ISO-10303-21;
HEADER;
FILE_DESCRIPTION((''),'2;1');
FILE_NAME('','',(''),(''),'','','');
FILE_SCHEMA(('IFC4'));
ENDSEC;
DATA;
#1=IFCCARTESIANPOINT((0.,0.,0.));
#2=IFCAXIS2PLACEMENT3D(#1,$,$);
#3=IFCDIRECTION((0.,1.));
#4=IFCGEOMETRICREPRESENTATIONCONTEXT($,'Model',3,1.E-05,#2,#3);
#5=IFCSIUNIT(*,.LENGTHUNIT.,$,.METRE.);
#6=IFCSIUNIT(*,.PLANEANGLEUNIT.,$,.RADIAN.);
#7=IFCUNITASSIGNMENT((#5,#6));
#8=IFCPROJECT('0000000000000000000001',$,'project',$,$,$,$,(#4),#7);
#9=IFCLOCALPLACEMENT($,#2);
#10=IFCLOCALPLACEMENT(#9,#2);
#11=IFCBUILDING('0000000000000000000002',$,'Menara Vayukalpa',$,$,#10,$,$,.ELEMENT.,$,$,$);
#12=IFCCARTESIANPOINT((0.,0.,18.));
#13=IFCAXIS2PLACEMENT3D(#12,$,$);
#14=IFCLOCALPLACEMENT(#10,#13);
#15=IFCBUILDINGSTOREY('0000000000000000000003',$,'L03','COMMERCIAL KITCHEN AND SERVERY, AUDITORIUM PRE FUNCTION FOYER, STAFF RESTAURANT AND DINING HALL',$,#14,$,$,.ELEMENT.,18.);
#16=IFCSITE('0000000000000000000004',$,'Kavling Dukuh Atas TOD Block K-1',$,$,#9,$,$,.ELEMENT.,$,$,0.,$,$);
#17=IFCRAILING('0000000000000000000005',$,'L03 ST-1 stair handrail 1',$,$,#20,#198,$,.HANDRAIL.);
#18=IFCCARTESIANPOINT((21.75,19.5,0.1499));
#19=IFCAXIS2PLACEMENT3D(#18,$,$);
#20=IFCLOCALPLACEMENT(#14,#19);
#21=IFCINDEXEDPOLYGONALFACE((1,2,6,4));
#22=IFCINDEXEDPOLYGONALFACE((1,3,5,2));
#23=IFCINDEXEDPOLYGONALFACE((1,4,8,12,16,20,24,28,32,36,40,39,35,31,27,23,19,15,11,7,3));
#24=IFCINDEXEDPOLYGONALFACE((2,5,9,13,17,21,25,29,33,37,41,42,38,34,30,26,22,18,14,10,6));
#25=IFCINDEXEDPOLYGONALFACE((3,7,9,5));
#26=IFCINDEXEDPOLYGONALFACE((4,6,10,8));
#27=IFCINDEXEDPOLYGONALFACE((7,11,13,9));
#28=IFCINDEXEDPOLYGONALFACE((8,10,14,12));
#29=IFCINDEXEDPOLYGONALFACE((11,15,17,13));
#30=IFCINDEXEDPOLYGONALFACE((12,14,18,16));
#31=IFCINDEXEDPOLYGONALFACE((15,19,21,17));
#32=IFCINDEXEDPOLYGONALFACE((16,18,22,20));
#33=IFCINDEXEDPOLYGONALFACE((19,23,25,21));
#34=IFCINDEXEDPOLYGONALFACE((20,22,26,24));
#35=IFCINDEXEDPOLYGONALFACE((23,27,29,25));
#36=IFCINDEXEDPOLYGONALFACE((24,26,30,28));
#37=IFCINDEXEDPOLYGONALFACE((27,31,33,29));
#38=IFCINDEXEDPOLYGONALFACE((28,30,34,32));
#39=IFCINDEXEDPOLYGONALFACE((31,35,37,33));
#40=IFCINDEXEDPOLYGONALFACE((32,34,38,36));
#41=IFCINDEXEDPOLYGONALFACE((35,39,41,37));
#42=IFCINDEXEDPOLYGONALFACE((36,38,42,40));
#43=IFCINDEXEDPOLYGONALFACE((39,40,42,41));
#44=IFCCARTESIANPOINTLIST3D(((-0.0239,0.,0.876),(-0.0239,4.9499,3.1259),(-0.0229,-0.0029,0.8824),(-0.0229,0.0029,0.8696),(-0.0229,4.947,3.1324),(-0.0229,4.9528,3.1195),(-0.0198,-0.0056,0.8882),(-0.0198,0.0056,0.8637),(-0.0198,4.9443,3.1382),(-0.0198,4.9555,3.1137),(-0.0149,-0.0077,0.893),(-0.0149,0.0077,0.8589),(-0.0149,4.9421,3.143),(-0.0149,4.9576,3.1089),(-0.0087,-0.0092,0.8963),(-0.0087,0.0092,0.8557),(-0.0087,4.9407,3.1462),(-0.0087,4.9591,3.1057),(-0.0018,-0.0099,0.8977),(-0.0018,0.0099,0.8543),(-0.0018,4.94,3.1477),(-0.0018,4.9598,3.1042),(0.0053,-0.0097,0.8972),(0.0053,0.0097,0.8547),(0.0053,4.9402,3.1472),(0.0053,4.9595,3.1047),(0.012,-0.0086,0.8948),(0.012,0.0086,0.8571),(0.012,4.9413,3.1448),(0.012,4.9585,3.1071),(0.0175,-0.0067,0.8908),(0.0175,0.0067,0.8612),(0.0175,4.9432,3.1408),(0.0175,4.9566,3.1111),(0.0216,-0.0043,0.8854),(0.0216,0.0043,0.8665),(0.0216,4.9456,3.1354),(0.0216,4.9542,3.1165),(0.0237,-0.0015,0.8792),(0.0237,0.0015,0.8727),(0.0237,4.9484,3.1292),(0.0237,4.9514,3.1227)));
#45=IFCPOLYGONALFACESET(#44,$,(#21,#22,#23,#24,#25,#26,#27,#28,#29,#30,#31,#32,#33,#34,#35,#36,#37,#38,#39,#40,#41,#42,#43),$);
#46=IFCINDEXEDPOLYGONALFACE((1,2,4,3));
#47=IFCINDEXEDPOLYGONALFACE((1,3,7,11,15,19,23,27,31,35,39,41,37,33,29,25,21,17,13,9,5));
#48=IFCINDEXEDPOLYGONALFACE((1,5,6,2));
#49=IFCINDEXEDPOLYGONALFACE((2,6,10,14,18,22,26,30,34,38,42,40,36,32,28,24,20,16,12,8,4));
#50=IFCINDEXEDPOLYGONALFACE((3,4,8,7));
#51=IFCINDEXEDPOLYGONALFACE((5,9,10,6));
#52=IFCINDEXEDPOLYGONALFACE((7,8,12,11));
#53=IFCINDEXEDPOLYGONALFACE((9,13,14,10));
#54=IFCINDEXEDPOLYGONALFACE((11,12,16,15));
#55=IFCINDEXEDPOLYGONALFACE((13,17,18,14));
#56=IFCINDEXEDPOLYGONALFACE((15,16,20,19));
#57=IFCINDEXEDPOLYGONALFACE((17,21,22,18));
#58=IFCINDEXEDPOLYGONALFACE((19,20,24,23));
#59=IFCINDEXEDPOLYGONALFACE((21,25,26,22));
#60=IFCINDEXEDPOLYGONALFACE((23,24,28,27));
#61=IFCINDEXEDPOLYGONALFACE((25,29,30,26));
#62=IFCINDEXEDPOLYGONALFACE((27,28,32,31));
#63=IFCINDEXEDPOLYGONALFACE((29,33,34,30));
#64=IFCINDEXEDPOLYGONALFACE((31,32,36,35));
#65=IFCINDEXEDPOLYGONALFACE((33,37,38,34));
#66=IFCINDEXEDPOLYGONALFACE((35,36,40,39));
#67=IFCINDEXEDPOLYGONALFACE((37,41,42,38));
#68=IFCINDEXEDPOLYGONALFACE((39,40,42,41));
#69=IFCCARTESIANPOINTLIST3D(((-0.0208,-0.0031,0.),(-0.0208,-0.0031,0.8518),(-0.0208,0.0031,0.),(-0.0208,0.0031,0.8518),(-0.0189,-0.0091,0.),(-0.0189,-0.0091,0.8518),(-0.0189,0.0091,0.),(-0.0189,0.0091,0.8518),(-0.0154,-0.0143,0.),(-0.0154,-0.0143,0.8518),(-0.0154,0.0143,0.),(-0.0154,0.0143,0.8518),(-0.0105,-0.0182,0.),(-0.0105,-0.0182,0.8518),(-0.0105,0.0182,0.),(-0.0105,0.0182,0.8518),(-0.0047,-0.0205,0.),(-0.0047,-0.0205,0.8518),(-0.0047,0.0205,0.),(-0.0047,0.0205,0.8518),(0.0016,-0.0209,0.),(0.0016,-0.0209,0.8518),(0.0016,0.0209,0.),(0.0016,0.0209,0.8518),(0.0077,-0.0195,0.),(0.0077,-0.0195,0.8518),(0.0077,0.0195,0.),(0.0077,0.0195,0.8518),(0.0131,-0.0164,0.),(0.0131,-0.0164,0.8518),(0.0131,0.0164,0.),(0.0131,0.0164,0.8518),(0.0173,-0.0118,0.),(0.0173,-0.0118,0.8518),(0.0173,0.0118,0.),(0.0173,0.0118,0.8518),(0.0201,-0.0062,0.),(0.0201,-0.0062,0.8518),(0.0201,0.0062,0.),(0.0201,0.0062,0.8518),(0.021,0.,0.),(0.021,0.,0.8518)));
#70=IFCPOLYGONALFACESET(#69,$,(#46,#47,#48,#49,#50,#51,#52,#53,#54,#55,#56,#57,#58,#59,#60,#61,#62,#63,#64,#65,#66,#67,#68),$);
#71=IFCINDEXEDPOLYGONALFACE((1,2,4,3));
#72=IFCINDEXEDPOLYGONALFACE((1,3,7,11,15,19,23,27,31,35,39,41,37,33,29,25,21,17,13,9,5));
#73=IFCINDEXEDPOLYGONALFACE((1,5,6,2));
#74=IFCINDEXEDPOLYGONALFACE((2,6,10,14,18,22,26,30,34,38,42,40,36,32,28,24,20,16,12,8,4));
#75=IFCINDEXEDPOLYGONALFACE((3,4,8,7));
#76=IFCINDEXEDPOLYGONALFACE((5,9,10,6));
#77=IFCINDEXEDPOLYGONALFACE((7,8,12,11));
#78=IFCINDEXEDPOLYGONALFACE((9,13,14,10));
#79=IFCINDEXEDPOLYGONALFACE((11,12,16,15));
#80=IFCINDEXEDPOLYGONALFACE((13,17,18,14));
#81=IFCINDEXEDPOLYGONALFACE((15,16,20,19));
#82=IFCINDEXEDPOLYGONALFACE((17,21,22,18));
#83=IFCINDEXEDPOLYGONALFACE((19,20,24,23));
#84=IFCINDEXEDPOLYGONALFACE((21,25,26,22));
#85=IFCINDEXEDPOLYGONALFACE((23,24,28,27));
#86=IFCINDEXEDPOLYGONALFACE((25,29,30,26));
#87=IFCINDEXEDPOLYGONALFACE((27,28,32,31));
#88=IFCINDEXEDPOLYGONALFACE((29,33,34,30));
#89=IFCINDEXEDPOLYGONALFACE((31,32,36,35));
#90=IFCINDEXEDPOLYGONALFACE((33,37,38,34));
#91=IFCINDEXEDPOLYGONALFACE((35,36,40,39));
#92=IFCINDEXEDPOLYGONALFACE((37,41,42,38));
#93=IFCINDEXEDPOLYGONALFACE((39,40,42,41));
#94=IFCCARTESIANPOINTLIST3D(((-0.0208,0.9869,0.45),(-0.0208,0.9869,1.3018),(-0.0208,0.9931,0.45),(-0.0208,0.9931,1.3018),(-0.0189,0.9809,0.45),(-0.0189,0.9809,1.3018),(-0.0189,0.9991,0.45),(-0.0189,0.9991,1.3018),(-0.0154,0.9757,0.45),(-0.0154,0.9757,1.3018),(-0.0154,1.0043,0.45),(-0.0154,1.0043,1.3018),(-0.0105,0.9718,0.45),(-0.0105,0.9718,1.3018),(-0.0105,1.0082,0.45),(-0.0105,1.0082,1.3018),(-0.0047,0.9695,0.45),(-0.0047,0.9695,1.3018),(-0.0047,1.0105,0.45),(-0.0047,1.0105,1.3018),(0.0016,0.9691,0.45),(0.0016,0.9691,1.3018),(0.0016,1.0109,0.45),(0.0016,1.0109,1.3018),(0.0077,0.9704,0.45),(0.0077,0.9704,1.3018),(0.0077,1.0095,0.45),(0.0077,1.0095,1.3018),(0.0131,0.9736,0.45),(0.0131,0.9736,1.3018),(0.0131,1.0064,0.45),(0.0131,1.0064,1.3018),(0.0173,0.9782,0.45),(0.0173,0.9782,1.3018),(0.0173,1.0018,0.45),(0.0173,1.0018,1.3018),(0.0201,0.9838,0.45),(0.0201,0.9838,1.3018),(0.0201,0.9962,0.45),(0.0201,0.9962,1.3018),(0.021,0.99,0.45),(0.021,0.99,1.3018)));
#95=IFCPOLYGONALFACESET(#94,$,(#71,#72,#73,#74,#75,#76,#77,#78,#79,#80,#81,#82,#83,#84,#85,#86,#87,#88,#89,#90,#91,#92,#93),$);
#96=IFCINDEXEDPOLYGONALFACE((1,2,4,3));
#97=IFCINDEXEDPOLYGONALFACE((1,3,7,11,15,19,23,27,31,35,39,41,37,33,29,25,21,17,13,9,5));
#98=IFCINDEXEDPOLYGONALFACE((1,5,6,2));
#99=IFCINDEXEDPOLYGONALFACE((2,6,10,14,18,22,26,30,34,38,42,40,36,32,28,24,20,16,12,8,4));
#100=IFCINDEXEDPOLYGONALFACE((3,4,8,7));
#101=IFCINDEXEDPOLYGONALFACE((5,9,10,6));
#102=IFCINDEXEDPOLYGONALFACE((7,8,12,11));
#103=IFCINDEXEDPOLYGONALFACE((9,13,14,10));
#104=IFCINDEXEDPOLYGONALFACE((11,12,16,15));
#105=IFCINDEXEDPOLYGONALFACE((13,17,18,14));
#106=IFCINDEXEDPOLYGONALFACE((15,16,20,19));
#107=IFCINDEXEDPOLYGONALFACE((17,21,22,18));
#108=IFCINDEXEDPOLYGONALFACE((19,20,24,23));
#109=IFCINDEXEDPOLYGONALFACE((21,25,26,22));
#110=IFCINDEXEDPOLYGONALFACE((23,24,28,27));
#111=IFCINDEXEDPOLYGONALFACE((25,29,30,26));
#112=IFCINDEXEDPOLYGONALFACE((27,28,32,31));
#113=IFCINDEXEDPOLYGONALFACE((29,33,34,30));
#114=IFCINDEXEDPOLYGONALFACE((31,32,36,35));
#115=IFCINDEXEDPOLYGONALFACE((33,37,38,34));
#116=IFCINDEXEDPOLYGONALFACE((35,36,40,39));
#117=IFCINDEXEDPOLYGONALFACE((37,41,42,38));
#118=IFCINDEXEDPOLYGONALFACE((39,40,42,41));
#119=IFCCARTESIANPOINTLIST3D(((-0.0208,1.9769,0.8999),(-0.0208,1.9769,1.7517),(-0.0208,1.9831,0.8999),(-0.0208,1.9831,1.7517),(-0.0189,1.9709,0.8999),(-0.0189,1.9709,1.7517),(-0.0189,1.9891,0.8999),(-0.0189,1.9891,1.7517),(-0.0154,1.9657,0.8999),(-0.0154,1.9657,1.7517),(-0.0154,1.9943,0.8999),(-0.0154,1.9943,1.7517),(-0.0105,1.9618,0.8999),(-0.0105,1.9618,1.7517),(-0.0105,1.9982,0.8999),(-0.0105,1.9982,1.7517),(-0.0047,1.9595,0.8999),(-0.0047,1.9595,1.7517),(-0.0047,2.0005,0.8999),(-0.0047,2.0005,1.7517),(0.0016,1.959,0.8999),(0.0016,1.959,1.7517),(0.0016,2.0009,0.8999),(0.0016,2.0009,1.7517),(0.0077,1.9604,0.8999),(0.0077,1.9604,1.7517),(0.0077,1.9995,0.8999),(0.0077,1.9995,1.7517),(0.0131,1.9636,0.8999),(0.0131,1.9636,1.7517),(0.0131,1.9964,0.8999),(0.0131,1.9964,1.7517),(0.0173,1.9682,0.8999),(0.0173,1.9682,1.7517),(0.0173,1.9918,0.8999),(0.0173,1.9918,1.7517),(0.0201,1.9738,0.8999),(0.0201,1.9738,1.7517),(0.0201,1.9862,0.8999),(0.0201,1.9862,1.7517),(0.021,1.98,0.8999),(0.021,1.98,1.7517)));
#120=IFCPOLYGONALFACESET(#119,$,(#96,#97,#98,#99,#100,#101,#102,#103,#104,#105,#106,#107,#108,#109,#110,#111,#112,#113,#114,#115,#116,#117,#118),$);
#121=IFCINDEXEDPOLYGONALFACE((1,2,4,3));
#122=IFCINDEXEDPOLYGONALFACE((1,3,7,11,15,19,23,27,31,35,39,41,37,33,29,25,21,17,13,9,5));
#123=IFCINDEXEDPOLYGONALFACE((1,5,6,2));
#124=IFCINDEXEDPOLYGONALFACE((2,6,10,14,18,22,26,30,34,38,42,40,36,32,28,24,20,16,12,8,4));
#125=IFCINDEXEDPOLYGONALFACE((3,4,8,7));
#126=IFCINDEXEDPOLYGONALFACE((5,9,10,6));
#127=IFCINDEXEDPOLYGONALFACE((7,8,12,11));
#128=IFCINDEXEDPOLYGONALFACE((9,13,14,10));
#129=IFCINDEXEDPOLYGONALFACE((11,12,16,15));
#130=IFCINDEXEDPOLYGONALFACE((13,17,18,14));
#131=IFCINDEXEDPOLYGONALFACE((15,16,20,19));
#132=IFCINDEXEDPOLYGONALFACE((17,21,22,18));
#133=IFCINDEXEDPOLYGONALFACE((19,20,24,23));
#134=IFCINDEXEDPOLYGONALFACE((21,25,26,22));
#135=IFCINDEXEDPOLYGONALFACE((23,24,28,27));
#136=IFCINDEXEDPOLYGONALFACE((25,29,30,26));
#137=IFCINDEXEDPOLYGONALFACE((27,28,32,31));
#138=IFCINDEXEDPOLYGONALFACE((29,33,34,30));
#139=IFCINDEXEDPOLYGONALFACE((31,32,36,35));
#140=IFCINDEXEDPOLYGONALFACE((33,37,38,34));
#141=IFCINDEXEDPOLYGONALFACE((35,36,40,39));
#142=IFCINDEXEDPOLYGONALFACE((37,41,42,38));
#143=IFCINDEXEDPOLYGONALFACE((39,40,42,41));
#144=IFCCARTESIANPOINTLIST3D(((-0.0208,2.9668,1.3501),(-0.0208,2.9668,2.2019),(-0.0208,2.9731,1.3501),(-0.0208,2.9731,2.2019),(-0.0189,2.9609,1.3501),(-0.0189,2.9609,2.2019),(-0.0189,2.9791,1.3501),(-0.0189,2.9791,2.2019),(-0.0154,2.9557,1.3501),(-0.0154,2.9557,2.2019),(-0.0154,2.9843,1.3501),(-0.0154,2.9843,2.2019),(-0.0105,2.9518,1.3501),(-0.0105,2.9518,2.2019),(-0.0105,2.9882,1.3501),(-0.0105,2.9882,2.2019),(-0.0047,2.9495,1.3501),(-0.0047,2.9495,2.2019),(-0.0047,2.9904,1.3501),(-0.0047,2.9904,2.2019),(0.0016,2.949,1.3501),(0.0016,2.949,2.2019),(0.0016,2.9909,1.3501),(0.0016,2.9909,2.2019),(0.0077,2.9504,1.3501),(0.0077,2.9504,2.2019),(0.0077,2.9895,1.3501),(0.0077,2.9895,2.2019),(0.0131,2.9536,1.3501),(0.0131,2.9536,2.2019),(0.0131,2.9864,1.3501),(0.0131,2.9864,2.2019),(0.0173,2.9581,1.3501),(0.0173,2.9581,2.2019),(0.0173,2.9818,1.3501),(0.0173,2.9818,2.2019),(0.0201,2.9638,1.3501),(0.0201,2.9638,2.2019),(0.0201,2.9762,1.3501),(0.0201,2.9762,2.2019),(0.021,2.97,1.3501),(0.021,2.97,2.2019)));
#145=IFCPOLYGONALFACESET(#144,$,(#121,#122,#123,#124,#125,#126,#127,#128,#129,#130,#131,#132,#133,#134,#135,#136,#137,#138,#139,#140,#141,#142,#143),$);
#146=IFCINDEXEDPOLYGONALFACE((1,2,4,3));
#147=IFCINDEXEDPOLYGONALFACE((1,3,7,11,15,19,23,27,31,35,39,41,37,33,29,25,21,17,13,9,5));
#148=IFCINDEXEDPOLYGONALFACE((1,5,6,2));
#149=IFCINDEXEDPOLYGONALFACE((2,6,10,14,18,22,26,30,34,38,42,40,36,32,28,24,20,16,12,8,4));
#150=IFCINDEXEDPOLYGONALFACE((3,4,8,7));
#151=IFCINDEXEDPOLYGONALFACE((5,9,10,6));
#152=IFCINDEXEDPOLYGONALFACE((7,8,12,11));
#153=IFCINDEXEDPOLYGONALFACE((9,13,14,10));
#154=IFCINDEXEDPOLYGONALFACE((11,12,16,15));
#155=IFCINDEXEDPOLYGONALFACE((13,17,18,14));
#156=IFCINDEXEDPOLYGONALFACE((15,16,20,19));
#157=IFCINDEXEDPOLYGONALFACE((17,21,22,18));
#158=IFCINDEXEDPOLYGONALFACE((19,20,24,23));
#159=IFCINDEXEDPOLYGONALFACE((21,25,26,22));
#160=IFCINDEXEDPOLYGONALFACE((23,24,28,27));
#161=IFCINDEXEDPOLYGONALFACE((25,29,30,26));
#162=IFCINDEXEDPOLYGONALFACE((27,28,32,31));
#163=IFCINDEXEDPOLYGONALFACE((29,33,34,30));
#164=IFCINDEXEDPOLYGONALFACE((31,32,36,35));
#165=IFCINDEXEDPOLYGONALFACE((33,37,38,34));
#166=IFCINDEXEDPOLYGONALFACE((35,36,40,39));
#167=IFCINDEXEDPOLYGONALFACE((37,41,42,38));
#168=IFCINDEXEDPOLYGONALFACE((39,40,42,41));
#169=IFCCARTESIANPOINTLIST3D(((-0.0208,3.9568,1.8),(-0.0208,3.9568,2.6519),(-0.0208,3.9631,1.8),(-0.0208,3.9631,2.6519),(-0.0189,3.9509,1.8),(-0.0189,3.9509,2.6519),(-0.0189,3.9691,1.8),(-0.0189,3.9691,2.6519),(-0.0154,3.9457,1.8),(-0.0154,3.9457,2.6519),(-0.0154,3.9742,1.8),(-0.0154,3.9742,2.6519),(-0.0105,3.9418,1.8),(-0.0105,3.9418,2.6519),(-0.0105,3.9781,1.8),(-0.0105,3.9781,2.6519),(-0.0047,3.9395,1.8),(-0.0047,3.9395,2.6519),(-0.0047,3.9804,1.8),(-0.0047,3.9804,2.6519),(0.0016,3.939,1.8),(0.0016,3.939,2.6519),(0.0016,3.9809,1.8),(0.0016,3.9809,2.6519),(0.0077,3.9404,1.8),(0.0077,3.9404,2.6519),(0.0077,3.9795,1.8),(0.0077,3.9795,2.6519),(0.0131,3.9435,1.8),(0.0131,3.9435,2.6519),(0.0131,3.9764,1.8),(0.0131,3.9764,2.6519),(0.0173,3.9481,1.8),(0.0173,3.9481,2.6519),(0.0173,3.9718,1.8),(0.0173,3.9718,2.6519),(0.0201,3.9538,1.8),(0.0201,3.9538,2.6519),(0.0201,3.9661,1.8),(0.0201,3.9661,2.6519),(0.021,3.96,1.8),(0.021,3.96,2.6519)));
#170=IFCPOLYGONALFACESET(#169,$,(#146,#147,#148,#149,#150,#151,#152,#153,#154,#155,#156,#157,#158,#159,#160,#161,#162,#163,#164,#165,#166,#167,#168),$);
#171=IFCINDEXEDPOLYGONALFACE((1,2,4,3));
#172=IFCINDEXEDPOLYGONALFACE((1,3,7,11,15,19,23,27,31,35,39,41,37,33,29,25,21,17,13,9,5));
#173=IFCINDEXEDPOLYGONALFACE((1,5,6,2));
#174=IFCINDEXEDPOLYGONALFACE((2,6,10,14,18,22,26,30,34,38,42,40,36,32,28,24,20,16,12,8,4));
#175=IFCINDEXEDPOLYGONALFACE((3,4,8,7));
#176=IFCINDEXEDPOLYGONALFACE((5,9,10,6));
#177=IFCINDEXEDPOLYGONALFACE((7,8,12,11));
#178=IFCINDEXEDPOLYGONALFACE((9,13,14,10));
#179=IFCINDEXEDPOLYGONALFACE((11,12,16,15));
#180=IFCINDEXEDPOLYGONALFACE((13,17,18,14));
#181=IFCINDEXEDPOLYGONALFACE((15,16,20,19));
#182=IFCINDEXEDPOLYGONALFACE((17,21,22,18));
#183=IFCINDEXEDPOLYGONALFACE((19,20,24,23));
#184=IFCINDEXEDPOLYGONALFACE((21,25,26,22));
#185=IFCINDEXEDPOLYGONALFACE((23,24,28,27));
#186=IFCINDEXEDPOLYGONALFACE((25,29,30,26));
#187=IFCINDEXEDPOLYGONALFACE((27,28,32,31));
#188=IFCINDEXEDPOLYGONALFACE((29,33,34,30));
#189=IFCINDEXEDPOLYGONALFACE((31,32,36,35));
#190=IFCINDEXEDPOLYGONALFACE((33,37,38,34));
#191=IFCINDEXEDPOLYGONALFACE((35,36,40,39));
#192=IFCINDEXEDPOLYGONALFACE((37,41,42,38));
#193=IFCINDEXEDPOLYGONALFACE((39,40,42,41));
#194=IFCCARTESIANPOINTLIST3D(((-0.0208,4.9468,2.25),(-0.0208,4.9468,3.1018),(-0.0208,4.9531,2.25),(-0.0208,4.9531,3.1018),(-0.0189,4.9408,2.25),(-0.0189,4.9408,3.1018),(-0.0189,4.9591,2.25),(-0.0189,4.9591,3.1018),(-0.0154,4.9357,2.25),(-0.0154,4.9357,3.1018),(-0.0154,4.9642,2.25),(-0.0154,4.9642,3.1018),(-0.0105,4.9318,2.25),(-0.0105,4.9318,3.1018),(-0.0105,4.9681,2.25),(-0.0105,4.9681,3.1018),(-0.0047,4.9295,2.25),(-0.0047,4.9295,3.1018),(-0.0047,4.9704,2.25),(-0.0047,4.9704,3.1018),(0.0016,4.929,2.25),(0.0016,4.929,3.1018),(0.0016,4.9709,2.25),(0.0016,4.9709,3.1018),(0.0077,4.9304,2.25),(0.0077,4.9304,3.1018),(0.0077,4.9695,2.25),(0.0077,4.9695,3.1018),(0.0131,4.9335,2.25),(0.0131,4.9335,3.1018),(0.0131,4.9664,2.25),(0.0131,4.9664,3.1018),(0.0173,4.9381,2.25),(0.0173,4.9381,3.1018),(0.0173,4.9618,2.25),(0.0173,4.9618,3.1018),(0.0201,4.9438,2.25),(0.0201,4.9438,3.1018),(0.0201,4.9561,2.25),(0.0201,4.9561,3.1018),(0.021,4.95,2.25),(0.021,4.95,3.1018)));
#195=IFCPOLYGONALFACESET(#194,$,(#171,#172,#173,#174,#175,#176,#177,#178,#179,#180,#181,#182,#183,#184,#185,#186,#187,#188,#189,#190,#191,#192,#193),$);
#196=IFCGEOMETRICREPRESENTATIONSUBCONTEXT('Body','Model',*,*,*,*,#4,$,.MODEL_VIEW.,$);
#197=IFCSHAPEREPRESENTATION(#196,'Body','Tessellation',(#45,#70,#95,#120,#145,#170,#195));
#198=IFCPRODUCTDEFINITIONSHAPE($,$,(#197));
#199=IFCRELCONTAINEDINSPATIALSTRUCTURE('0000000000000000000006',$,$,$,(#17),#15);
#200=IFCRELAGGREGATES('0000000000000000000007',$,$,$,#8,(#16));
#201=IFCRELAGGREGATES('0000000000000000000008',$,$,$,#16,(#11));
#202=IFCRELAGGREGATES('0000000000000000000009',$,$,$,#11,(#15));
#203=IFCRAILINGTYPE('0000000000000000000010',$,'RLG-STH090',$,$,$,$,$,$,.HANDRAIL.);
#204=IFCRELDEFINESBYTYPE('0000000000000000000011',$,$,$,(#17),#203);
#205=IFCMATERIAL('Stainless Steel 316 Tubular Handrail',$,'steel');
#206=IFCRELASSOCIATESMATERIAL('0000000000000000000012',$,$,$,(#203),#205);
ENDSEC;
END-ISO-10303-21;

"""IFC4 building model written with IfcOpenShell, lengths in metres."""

from ifc_helpers import new_model, si_unit, direction, frame, origin, origin_2d, place, context, subcontext, project, spatial, circle, extrude, material, type_object, element, save


model = new_model("IFC4")

# Units and contexts
model_context = context("Model", 3, precision=1e-05, world=origin(), true_north=direction((0.0, 1.0)))
body_context = subcontext(model_context, "Body", "Model", "MODEL_VIEW")
ifc_project = project(units=[si_unit("LENGTHUNIT", "METRE"), si_unit("PLANEANGLEUNIT", "RADIAN")], contexts=[model_context])

# Site, building, storey
site_placement = place(None, origin())
site = spatial("IfcSite", under=ifc_project, at=site_placement, Name="Kavling Dukuh Atas TOD Block K-1", CompositionType="ELEMENT", RefElevation=0.0)
building_placement = place(site_placement, origin())
building = spatial("IfcBuilding", under=site, at=building_placement, Name="Menara Vayukalpa", CompositionType="ELEMENT")
storey_placement = place(building_placement, frame((0.0, 0.0, 18.0)))
storey = spatial("IfcBuildingStorey", under=building, at=storey_placement, Name="L03", Description="COMMERCIAL KITCHEN AND SERVERY, AUDITORIUM PRE FUNCTION FOYER, STAFF RESTAURANT AND DINING HALL", CompositionType="ELEMENT", Elevation=18.0)

# Railing
ifc_material_1 = material(Name="Stainless Steel 316 Tubular Handrail", Category="steel")
railing_type_1 = type_object("IfcRailingType", Name="RLG-STH090", PredefinedType="HANDRAIL", material=ifc_material_1)
railing_1_placement = place(storey_placement, frame((21.75, 19.5, 0.1499)))
element("IfcRailing", 1, at=railing_1_placement, inside=storey, type_object=railing_type_1, Name="L03 ST-1 stair handrail 1", PredefinedType="HANDRAIL", context=body_context, shape_type="SweptSolid", body=[
    extrude(circle(Radius=0.0239, at=origin_2d()), frame((0.0, 0.0, 0.876), z_axis=(0.0, 0.910365, 0.413806), x_axis=(-1.0, 0.0, 0.0)), (0.0, 0.0, 1.0), 5.4373),
    extrude(circle(Radius=0.021, at=origin_2d()), origin(), (0.0, 0.0, 1.0), 0.8518),
    extrude(circle(Radius=0.021, at=origin_2d()), frame((0.0, 0.99, 0.45)), (0.0, 0.0, 1.0), 0.8518),
    extrude(circle(Radius=0.021, at=origin_2d()), frame((0.0, 1.98, 0.8999)), (0.0, 0.0, 1.0), 0.8518),
    extrude(circle(Radius=0.021, at=origin_2d()), frame((0.0, 2.97, 1.3501)), (0.0, 0.0, 1.0), 0.8518),
    extrude(circle(Radius=0.021, at=origin_2d()), frame((0.0, 3.96, 1.8)), (0.0, 0.0, 1.0), 0.8518),
    extrude(circle(Radius=0.021, at=origin_2d()), frame((0.0, 4.95, 2.25)), (0.0, 0.0, 1.0), 0.8518),
])

save(model, "model.ifc")
